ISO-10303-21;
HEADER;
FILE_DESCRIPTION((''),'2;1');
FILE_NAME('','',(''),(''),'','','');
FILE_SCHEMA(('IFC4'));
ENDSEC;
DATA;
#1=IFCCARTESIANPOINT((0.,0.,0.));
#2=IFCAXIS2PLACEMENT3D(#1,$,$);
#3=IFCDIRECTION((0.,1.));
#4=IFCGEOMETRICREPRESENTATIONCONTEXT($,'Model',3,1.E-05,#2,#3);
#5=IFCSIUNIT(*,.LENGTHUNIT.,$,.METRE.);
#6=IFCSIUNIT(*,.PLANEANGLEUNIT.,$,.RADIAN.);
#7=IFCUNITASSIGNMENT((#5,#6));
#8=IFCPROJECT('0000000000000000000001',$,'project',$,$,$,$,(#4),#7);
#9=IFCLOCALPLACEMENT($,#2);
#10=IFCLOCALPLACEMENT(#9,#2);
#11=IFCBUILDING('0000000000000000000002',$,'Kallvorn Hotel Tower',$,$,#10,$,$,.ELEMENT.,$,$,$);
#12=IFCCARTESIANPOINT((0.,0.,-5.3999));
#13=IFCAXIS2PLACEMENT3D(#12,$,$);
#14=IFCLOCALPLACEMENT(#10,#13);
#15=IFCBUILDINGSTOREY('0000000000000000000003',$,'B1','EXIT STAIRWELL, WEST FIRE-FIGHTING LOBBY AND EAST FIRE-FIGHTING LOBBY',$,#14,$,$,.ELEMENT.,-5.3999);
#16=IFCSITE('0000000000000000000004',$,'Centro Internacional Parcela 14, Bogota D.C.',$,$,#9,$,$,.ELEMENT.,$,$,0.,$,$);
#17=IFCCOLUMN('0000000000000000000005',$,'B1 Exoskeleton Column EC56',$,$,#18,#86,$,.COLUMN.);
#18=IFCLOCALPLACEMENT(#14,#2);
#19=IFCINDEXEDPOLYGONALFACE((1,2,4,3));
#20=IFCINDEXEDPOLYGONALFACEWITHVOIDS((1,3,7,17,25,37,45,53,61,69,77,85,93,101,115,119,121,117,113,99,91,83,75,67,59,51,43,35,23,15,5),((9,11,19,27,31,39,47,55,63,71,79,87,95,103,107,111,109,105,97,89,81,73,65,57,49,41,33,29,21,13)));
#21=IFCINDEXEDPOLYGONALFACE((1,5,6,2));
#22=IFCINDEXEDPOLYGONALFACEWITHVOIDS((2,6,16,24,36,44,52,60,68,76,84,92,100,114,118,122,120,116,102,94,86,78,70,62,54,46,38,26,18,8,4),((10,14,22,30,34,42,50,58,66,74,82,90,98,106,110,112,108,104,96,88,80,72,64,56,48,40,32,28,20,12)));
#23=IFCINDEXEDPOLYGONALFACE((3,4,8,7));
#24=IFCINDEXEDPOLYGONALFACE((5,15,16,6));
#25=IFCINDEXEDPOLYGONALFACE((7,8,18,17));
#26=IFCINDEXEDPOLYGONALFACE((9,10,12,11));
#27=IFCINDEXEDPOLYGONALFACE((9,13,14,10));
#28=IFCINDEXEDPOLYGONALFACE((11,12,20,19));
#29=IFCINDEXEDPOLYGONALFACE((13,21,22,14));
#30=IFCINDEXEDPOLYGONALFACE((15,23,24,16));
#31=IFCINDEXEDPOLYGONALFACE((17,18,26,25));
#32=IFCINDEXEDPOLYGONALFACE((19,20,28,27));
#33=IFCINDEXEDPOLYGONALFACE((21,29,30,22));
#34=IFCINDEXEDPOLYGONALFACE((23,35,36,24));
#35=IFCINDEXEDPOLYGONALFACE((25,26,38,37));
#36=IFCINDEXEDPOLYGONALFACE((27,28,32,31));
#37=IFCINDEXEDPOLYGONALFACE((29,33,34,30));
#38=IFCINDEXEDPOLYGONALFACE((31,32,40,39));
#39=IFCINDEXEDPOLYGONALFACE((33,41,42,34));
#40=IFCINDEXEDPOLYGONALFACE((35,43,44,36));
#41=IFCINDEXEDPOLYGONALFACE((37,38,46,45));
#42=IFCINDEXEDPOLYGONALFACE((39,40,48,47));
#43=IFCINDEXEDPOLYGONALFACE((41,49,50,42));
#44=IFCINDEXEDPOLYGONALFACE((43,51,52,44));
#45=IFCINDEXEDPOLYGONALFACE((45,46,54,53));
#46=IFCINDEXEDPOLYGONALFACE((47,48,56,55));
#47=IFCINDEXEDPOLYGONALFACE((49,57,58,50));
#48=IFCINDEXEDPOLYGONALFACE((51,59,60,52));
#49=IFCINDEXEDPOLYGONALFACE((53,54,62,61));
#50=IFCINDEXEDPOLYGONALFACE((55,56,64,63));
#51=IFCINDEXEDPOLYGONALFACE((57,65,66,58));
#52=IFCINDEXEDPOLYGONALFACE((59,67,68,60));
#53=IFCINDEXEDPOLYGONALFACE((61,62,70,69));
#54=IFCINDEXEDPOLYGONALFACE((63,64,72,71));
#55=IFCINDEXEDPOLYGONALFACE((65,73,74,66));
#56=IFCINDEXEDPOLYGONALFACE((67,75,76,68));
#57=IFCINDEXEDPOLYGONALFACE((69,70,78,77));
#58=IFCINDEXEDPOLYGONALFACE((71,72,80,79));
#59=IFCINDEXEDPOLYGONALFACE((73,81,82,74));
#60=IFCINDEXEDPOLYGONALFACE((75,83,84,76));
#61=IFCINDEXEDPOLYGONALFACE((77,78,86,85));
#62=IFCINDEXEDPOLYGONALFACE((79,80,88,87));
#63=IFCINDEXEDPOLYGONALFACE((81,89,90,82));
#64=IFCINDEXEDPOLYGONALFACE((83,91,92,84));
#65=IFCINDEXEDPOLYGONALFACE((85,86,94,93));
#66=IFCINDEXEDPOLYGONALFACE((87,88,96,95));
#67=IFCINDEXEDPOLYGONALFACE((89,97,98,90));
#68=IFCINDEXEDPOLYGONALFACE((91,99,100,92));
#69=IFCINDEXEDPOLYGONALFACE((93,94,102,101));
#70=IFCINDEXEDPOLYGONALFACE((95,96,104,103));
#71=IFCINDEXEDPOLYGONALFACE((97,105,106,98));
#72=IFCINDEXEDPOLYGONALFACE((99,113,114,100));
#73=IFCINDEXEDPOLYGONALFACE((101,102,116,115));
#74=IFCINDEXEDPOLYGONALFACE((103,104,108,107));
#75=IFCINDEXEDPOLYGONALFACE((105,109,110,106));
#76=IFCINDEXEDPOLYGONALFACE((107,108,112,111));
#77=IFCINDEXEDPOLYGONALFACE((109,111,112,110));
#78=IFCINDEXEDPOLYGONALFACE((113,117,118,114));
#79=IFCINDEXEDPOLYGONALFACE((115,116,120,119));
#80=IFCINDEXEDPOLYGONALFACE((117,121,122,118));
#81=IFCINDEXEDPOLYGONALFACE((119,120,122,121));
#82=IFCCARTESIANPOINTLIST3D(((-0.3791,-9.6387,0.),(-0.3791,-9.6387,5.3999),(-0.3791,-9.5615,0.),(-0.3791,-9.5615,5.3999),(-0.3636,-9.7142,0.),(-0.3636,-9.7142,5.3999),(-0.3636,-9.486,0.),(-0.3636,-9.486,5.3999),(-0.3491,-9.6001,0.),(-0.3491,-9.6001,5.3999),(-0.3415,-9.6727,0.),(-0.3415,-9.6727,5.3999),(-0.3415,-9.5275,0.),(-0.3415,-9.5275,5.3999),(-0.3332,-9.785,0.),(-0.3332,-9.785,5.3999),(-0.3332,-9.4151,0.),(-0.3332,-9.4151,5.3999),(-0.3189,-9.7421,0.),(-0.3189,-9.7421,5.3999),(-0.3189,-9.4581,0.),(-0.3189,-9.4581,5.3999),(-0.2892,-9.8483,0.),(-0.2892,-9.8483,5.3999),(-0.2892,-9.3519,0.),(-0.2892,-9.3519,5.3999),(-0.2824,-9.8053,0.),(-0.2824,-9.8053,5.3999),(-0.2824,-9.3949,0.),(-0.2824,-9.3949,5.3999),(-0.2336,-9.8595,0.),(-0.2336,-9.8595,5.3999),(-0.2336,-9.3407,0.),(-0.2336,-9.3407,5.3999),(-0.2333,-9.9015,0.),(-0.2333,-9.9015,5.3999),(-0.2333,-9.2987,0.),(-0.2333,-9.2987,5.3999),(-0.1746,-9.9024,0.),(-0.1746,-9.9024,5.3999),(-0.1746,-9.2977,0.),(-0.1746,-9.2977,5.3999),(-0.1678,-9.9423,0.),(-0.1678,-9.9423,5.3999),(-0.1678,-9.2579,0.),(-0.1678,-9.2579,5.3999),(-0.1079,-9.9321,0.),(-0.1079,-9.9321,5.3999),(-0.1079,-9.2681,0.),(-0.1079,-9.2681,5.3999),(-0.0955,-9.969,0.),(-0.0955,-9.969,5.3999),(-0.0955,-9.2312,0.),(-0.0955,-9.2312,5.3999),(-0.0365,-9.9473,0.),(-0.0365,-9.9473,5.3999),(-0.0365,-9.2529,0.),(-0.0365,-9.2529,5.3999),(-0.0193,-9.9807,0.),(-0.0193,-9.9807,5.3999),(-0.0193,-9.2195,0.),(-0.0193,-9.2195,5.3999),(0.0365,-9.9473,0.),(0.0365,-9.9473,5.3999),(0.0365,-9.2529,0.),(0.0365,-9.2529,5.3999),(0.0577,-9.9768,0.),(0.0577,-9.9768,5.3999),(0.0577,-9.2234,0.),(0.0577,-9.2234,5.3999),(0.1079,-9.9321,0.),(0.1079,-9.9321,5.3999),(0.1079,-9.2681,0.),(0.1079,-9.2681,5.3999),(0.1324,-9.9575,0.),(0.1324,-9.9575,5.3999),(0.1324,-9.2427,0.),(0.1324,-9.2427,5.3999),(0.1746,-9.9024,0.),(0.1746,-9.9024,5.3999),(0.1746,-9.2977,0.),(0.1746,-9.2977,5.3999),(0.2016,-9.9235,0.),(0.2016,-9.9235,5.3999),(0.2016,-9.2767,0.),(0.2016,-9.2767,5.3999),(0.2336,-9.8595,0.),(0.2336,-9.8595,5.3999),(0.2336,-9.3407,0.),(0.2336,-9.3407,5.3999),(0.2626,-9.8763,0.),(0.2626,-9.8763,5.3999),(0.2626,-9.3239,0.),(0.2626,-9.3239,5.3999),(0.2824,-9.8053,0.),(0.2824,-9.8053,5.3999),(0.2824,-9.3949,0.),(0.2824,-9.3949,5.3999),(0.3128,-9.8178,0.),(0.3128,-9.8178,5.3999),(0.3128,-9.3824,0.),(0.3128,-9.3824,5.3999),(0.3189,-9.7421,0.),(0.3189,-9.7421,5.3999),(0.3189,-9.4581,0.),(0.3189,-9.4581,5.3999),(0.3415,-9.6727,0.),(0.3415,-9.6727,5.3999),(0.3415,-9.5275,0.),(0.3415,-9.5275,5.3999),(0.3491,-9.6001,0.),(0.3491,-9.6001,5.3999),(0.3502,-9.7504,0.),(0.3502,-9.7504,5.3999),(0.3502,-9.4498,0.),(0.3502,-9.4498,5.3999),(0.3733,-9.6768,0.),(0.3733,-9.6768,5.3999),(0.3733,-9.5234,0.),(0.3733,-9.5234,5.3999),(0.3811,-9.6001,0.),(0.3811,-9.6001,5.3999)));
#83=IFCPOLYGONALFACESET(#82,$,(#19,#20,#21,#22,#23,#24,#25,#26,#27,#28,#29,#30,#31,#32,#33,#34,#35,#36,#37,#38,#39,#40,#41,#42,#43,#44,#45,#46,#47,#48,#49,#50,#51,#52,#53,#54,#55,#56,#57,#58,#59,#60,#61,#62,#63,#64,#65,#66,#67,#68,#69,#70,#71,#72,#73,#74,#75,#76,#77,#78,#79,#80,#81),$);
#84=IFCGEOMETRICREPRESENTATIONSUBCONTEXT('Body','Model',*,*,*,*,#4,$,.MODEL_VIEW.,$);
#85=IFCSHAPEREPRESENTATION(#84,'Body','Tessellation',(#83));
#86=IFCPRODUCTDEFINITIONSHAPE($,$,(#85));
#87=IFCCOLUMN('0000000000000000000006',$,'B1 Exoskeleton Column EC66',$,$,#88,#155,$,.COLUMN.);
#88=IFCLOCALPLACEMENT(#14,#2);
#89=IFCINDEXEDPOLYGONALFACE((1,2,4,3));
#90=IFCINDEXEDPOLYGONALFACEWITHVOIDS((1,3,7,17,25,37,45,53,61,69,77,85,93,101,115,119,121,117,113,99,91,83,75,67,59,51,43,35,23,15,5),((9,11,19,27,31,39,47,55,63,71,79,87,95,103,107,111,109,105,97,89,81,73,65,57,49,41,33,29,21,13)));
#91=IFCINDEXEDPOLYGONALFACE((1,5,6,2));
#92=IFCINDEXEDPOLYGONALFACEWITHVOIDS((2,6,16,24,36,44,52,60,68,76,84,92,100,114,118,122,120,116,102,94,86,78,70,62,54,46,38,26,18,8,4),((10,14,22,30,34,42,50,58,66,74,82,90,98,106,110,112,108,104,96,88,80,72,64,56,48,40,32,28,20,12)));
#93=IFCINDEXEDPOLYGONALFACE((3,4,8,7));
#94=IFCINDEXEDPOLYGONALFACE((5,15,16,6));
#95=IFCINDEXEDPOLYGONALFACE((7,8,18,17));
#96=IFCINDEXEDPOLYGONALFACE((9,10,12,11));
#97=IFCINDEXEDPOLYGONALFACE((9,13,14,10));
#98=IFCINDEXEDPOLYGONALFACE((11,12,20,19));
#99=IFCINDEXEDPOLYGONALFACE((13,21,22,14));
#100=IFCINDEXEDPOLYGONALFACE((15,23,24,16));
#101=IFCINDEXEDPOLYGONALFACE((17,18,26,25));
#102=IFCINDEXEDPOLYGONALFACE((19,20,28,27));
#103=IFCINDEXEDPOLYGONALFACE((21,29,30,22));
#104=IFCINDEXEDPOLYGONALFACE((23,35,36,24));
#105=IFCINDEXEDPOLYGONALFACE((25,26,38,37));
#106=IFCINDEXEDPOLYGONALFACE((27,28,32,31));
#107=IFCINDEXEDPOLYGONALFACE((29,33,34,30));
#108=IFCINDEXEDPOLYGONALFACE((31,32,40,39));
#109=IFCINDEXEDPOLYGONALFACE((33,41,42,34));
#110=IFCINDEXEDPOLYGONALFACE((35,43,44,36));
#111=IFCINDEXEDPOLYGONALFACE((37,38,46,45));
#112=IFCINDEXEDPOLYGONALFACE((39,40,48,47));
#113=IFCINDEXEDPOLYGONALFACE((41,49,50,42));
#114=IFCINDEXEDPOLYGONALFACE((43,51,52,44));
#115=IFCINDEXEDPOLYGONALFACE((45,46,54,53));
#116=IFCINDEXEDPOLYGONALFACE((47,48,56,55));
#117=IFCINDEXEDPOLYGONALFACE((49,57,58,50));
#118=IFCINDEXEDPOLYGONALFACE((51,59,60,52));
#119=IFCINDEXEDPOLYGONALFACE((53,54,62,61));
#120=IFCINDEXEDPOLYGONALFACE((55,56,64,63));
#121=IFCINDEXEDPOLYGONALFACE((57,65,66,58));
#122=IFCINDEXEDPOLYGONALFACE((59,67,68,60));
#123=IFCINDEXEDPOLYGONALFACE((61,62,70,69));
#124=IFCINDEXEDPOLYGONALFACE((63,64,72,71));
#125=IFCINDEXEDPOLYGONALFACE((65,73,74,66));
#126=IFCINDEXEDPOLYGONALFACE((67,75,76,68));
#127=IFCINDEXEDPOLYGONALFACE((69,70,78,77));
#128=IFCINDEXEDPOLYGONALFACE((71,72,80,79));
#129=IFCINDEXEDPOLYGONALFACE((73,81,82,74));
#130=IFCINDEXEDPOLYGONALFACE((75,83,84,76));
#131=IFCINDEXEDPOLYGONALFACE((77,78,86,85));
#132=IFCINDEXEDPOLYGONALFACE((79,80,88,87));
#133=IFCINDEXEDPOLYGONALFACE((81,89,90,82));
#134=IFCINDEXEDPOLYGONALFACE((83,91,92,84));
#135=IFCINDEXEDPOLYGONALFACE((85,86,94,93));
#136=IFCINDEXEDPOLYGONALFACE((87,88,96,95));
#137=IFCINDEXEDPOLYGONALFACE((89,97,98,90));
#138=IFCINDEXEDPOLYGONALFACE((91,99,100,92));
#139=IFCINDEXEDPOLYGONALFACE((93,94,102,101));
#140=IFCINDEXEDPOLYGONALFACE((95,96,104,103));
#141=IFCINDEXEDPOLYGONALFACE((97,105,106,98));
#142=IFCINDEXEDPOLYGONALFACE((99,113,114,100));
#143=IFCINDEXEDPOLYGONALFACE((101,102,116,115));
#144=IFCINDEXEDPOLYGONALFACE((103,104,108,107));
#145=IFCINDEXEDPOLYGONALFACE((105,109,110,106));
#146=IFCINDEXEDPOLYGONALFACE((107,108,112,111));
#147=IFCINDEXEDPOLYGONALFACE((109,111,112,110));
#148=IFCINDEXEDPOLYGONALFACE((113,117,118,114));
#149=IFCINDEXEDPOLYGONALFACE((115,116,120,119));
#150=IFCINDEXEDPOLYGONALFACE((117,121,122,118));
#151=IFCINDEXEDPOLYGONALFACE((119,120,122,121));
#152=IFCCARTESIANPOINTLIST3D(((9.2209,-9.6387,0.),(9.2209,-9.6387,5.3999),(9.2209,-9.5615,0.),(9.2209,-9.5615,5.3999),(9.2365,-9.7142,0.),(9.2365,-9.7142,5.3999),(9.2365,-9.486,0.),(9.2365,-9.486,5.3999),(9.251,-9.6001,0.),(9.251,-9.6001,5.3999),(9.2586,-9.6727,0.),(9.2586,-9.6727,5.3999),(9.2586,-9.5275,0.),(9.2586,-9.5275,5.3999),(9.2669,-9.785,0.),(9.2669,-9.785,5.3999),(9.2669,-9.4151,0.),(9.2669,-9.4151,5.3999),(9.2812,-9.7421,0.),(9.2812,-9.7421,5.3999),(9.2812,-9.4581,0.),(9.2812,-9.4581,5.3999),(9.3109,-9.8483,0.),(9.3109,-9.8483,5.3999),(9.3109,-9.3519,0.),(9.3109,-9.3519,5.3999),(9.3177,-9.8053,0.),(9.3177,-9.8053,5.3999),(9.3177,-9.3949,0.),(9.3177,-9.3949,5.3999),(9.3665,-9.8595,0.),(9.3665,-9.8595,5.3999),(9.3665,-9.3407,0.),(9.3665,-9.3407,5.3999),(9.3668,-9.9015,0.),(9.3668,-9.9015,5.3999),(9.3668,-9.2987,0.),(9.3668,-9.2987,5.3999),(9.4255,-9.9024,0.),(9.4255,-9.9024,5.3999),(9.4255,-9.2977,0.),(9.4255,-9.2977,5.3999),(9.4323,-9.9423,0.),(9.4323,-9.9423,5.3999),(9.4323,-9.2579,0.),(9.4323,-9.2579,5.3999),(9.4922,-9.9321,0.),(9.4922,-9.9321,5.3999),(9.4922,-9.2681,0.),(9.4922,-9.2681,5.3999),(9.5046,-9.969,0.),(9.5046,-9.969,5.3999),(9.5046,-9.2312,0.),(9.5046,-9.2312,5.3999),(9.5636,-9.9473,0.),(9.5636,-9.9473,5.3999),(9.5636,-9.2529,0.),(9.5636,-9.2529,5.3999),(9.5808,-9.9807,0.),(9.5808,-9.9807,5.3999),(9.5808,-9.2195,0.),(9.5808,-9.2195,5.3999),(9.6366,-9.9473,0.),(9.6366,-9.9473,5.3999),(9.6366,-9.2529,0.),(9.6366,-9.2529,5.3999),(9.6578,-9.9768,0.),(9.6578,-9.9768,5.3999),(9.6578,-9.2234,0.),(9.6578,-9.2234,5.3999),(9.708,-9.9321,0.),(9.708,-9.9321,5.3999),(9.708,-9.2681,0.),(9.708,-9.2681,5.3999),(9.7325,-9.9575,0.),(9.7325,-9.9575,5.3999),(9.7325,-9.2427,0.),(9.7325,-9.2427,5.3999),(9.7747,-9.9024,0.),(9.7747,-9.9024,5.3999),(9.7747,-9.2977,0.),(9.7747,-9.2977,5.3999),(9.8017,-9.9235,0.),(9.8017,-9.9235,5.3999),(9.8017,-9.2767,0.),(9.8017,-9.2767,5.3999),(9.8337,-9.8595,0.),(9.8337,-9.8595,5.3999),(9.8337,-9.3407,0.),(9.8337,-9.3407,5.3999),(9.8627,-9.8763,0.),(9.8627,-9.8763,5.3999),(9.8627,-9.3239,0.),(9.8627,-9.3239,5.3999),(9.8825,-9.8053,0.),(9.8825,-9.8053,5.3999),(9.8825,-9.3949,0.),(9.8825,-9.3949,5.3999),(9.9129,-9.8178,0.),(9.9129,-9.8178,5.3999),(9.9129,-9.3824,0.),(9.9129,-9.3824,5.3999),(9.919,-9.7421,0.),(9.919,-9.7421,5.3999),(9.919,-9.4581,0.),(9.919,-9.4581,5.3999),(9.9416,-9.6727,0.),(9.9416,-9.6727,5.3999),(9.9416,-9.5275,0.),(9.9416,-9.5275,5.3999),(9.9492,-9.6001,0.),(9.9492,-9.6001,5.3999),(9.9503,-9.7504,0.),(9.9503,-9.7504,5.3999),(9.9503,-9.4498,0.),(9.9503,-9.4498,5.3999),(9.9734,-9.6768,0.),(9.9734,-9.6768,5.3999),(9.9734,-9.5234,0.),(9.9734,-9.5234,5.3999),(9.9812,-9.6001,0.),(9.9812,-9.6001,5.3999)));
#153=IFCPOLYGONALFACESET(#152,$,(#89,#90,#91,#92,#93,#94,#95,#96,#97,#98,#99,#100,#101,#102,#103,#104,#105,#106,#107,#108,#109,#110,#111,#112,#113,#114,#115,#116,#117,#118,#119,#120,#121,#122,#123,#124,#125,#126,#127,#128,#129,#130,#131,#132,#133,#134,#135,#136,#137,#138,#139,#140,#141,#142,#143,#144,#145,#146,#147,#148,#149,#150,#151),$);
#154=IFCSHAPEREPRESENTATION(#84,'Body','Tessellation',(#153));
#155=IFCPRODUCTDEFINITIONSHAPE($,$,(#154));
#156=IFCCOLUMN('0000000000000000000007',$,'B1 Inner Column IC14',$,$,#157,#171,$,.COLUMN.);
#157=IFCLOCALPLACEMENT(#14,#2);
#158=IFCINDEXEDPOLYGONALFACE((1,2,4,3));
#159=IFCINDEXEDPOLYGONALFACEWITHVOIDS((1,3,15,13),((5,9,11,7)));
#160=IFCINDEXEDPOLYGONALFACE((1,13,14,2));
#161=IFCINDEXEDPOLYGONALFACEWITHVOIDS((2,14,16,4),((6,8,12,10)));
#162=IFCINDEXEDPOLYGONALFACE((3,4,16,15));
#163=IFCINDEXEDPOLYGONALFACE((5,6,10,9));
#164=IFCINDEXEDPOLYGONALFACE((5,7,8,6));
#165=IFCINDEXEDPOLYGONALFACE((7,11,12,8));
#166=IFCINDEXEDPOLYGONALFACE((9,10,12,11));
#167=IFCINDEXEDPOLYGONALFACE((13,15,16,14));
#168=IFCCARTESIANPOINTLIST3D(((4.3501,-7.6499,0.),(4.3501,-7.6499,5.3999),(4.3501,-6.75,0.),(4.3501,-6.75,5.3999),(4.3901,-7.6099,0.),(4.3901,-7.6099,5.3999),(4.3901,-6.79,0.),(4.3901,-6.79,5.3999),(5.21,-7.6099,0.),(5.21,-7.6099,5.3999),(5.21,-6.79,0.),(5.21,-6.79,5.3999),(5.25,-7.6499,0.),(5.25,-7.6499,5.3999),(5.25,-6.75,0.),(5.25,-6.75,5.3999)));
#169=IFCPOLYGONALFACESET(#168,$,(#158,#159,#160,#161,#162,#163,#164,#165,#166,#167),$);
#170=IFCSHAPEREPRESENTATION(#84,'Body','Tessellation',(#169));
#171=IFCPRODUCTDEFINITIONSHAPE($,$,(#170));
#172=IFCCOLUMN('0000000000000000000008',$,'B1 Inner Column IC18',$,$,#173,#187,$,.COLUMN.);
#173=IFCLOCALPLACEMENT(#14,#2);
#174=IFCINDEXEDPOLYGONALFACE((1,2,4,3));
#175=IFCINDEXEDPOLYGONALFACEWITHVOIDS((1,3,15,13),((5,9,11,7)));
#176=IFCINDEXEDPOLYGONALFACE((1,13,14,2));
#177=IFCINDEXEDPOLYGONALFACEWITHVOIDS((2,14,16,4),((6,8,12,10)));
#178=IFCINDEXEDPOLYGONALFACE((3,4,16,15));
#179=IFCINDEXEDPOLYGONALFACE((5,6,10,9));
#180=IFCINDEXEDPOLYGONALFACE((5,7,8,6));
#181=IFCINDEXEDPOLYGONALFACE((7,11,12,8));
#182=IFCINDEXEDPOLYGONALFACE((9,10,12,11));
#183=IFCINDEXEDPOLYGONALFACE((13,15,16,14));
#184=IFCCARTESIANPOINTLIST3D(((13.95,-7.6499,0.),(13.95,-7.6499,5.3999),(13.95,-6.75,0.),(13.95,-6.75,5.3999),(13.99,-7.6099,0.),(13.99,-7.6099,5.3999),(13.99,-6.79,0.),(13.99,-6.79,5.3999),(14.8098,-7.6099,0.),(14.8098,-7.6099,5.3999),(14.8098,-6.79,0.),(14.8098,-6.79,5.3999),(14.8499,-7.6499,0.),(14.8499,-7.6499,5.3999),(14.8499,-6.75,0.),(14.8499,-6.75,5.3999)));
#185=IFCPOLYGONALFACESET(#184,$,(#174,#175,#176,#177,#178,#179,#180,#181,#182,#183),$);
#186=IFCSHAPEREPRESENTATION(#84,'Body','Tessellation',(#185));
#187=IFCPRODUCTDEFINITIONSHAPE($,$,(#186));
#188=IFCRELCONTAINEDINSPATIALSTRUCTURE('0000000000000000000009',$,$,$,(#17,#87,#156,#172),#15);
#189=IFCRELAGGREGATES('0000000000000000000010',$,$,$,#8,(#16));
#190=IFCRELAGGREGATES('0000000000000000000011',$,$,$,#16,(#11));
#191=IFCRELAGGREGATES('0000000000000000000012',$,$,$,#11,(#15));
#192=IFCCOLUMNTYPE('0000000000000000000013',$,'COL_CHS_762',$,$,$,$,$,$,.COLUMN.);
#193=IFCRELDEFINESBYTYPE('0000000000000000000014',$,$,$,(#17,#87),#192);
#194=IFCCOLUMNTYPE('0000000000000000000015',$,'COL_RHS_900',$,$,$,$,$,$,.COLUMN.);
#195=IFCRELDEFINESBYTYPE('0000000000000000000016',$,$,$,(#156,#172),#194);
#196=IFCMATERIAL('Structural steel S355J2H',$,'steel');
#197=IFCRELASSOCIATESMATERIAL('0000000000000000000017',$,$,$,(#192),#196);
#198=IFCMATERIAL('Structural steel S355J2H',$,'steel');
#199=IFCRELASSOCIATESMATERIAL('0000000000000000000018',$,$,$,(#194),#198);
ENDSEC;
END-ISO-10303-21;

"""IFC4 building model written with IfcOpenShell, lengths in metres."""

from ifc_helpers import new_model, si_unit, direction, frame, origin, origin_2d, place, context, subcontext, project, spatial, hollow_rectangle, hollow_circle, extrude, material, material_profile, profile_set, type_object, element, save


model = new_model("IFC4")

# Units and contexts
model_context = context("Model", 3, precision=1e-05, world=origin(), true_north=direction((0.0, 1.0)))
body_context = subcontext(model_context, "Body", "Model", "MODEL_VIEW")
ifc_project = project(units=[si_unit("LENGTHUNIT", "METRE"), si_unit("PLANEANGLEUNIT", "RADIAN")], contexts=[model_context])

# Site, building, storey
site_placement = place(None, origin())
site = spatial("IfcSite", under=ifc_project, at=site_placement, Name="Centro Internacional Parcela 14, Bogota D.C.", CompositionType="ELEMENT", RefElevation=0.0)
building_placement = place(site_placement, origin())
building = spatial("IfcBuilding", under=site, at=building_placement, Name="Kallvorn Hotel Tower", CompositionType="ELEMENT")
storey_placement = place(building_placement, frame((0.0, 0.0, -5.3999)))
storey = spatial("IfcBuildingStorey", under=building, at=storey_placement, Name="B1", Description="EXIT STAIRWELL, WEST FIRE-FIGHTING LOBBY AND EAST FIRE-FIGHTING LOBBY", CompositionType="ELEMENT", Elevation=-5.3999)

# Columns
ifc_material_1 = material(Name="Structural steel S355J2H", Category="steel")
ifc_material_profile_1 = material_profile(ifc_material_1, hollow_circle(Radius=0.3811, WallThickness=0.032, at=origin_2d()), Name="CHS 762x32")
ifc_profile_set_1 = profile_set([ifc_material_profile_1], Name="Structural steel S355J2H")
column_type_1 = type_object("IfcColumnType", Name="COL_CHS_762", PredefinedType="COLUMN", material=ifc_profile_set_1)
for number, where, z_axis, x_axis, name in (
    (1, (0.0, -9.6001, 0.0), (0.0, 0.0, 1.0), (1.0, 0.0, 0.0), "B1 Exoskeleton Column EC56"),
    (2, (9.6001, -9.6001, 0.0), (0.0, 0.0, 1.0), (1.0, 0.0, 0.0), "B1 Exoskeleton Column EC66"),
):
    element("IfcColumn", number, at=place(storey_placement, frame(where, z_axis=z_axis, x_axis=x_axis)), inside=storey, type_object=column_type_1, Name=name, PredefinedType="COLUMN", context=body_context, shape_type="SweptSolid", body=[
        extrude(hollow_circle(Radius=0.3811, WallThickness=0.032, at=origin_2d()), origin(), (0.0, 0.0, 1.0), 5.3999),
    ])
ifc_material_2 = material(Name="Structural steel S355J2H", Category="steel")
ifc_material_profile_2 = material_profile(ifc_material_2, hollow_rectangle(XDim=0.8999, YDim=0.8999, WallThickness=0.04, at=origin_2d()), Name="RHS 900x900x40")
ifc_profile_set_2 = profile_set([ifc_material_profile_2], Name="Structural steel S355J2H")
column_type_2 = type_object("IfcColumnType", Name="COL_RHS_900", PredefinedType="COLUMN", material=ifc_profile_set_2)
for number, where, z_axis, x_axis, name in (
    (3, (4.8, -7.2, 0.0), (0.0, 0.0, 1.0), (1.0, 0.0, 0.0), "B1 Inner Column IC14"),
    (4, (14.3999, -7.2, 0.0), (0.0, 0.0, 1.0), (1.0, 0.0, 0.0), "B1 Inner Column IC18"),
):
    element("IfcColumn", number, at=place(storey_placement, frame(where, z_axis=z_axis, x_axis=x_axis)), inside=storey, type_object=column_type_2, Name=name, PredefinedType="COLUMN", context=body_context, shape_type="SweptSolid", body=[
        extrude(hollow_rectangle(XDim=0.8999, YDim=0.8999, WallThickness=0.04, at=origin_2d()), origin(), (0.0, 0.0, 1.0), 5.3999),
    ])

save(model, "model.ifc")
